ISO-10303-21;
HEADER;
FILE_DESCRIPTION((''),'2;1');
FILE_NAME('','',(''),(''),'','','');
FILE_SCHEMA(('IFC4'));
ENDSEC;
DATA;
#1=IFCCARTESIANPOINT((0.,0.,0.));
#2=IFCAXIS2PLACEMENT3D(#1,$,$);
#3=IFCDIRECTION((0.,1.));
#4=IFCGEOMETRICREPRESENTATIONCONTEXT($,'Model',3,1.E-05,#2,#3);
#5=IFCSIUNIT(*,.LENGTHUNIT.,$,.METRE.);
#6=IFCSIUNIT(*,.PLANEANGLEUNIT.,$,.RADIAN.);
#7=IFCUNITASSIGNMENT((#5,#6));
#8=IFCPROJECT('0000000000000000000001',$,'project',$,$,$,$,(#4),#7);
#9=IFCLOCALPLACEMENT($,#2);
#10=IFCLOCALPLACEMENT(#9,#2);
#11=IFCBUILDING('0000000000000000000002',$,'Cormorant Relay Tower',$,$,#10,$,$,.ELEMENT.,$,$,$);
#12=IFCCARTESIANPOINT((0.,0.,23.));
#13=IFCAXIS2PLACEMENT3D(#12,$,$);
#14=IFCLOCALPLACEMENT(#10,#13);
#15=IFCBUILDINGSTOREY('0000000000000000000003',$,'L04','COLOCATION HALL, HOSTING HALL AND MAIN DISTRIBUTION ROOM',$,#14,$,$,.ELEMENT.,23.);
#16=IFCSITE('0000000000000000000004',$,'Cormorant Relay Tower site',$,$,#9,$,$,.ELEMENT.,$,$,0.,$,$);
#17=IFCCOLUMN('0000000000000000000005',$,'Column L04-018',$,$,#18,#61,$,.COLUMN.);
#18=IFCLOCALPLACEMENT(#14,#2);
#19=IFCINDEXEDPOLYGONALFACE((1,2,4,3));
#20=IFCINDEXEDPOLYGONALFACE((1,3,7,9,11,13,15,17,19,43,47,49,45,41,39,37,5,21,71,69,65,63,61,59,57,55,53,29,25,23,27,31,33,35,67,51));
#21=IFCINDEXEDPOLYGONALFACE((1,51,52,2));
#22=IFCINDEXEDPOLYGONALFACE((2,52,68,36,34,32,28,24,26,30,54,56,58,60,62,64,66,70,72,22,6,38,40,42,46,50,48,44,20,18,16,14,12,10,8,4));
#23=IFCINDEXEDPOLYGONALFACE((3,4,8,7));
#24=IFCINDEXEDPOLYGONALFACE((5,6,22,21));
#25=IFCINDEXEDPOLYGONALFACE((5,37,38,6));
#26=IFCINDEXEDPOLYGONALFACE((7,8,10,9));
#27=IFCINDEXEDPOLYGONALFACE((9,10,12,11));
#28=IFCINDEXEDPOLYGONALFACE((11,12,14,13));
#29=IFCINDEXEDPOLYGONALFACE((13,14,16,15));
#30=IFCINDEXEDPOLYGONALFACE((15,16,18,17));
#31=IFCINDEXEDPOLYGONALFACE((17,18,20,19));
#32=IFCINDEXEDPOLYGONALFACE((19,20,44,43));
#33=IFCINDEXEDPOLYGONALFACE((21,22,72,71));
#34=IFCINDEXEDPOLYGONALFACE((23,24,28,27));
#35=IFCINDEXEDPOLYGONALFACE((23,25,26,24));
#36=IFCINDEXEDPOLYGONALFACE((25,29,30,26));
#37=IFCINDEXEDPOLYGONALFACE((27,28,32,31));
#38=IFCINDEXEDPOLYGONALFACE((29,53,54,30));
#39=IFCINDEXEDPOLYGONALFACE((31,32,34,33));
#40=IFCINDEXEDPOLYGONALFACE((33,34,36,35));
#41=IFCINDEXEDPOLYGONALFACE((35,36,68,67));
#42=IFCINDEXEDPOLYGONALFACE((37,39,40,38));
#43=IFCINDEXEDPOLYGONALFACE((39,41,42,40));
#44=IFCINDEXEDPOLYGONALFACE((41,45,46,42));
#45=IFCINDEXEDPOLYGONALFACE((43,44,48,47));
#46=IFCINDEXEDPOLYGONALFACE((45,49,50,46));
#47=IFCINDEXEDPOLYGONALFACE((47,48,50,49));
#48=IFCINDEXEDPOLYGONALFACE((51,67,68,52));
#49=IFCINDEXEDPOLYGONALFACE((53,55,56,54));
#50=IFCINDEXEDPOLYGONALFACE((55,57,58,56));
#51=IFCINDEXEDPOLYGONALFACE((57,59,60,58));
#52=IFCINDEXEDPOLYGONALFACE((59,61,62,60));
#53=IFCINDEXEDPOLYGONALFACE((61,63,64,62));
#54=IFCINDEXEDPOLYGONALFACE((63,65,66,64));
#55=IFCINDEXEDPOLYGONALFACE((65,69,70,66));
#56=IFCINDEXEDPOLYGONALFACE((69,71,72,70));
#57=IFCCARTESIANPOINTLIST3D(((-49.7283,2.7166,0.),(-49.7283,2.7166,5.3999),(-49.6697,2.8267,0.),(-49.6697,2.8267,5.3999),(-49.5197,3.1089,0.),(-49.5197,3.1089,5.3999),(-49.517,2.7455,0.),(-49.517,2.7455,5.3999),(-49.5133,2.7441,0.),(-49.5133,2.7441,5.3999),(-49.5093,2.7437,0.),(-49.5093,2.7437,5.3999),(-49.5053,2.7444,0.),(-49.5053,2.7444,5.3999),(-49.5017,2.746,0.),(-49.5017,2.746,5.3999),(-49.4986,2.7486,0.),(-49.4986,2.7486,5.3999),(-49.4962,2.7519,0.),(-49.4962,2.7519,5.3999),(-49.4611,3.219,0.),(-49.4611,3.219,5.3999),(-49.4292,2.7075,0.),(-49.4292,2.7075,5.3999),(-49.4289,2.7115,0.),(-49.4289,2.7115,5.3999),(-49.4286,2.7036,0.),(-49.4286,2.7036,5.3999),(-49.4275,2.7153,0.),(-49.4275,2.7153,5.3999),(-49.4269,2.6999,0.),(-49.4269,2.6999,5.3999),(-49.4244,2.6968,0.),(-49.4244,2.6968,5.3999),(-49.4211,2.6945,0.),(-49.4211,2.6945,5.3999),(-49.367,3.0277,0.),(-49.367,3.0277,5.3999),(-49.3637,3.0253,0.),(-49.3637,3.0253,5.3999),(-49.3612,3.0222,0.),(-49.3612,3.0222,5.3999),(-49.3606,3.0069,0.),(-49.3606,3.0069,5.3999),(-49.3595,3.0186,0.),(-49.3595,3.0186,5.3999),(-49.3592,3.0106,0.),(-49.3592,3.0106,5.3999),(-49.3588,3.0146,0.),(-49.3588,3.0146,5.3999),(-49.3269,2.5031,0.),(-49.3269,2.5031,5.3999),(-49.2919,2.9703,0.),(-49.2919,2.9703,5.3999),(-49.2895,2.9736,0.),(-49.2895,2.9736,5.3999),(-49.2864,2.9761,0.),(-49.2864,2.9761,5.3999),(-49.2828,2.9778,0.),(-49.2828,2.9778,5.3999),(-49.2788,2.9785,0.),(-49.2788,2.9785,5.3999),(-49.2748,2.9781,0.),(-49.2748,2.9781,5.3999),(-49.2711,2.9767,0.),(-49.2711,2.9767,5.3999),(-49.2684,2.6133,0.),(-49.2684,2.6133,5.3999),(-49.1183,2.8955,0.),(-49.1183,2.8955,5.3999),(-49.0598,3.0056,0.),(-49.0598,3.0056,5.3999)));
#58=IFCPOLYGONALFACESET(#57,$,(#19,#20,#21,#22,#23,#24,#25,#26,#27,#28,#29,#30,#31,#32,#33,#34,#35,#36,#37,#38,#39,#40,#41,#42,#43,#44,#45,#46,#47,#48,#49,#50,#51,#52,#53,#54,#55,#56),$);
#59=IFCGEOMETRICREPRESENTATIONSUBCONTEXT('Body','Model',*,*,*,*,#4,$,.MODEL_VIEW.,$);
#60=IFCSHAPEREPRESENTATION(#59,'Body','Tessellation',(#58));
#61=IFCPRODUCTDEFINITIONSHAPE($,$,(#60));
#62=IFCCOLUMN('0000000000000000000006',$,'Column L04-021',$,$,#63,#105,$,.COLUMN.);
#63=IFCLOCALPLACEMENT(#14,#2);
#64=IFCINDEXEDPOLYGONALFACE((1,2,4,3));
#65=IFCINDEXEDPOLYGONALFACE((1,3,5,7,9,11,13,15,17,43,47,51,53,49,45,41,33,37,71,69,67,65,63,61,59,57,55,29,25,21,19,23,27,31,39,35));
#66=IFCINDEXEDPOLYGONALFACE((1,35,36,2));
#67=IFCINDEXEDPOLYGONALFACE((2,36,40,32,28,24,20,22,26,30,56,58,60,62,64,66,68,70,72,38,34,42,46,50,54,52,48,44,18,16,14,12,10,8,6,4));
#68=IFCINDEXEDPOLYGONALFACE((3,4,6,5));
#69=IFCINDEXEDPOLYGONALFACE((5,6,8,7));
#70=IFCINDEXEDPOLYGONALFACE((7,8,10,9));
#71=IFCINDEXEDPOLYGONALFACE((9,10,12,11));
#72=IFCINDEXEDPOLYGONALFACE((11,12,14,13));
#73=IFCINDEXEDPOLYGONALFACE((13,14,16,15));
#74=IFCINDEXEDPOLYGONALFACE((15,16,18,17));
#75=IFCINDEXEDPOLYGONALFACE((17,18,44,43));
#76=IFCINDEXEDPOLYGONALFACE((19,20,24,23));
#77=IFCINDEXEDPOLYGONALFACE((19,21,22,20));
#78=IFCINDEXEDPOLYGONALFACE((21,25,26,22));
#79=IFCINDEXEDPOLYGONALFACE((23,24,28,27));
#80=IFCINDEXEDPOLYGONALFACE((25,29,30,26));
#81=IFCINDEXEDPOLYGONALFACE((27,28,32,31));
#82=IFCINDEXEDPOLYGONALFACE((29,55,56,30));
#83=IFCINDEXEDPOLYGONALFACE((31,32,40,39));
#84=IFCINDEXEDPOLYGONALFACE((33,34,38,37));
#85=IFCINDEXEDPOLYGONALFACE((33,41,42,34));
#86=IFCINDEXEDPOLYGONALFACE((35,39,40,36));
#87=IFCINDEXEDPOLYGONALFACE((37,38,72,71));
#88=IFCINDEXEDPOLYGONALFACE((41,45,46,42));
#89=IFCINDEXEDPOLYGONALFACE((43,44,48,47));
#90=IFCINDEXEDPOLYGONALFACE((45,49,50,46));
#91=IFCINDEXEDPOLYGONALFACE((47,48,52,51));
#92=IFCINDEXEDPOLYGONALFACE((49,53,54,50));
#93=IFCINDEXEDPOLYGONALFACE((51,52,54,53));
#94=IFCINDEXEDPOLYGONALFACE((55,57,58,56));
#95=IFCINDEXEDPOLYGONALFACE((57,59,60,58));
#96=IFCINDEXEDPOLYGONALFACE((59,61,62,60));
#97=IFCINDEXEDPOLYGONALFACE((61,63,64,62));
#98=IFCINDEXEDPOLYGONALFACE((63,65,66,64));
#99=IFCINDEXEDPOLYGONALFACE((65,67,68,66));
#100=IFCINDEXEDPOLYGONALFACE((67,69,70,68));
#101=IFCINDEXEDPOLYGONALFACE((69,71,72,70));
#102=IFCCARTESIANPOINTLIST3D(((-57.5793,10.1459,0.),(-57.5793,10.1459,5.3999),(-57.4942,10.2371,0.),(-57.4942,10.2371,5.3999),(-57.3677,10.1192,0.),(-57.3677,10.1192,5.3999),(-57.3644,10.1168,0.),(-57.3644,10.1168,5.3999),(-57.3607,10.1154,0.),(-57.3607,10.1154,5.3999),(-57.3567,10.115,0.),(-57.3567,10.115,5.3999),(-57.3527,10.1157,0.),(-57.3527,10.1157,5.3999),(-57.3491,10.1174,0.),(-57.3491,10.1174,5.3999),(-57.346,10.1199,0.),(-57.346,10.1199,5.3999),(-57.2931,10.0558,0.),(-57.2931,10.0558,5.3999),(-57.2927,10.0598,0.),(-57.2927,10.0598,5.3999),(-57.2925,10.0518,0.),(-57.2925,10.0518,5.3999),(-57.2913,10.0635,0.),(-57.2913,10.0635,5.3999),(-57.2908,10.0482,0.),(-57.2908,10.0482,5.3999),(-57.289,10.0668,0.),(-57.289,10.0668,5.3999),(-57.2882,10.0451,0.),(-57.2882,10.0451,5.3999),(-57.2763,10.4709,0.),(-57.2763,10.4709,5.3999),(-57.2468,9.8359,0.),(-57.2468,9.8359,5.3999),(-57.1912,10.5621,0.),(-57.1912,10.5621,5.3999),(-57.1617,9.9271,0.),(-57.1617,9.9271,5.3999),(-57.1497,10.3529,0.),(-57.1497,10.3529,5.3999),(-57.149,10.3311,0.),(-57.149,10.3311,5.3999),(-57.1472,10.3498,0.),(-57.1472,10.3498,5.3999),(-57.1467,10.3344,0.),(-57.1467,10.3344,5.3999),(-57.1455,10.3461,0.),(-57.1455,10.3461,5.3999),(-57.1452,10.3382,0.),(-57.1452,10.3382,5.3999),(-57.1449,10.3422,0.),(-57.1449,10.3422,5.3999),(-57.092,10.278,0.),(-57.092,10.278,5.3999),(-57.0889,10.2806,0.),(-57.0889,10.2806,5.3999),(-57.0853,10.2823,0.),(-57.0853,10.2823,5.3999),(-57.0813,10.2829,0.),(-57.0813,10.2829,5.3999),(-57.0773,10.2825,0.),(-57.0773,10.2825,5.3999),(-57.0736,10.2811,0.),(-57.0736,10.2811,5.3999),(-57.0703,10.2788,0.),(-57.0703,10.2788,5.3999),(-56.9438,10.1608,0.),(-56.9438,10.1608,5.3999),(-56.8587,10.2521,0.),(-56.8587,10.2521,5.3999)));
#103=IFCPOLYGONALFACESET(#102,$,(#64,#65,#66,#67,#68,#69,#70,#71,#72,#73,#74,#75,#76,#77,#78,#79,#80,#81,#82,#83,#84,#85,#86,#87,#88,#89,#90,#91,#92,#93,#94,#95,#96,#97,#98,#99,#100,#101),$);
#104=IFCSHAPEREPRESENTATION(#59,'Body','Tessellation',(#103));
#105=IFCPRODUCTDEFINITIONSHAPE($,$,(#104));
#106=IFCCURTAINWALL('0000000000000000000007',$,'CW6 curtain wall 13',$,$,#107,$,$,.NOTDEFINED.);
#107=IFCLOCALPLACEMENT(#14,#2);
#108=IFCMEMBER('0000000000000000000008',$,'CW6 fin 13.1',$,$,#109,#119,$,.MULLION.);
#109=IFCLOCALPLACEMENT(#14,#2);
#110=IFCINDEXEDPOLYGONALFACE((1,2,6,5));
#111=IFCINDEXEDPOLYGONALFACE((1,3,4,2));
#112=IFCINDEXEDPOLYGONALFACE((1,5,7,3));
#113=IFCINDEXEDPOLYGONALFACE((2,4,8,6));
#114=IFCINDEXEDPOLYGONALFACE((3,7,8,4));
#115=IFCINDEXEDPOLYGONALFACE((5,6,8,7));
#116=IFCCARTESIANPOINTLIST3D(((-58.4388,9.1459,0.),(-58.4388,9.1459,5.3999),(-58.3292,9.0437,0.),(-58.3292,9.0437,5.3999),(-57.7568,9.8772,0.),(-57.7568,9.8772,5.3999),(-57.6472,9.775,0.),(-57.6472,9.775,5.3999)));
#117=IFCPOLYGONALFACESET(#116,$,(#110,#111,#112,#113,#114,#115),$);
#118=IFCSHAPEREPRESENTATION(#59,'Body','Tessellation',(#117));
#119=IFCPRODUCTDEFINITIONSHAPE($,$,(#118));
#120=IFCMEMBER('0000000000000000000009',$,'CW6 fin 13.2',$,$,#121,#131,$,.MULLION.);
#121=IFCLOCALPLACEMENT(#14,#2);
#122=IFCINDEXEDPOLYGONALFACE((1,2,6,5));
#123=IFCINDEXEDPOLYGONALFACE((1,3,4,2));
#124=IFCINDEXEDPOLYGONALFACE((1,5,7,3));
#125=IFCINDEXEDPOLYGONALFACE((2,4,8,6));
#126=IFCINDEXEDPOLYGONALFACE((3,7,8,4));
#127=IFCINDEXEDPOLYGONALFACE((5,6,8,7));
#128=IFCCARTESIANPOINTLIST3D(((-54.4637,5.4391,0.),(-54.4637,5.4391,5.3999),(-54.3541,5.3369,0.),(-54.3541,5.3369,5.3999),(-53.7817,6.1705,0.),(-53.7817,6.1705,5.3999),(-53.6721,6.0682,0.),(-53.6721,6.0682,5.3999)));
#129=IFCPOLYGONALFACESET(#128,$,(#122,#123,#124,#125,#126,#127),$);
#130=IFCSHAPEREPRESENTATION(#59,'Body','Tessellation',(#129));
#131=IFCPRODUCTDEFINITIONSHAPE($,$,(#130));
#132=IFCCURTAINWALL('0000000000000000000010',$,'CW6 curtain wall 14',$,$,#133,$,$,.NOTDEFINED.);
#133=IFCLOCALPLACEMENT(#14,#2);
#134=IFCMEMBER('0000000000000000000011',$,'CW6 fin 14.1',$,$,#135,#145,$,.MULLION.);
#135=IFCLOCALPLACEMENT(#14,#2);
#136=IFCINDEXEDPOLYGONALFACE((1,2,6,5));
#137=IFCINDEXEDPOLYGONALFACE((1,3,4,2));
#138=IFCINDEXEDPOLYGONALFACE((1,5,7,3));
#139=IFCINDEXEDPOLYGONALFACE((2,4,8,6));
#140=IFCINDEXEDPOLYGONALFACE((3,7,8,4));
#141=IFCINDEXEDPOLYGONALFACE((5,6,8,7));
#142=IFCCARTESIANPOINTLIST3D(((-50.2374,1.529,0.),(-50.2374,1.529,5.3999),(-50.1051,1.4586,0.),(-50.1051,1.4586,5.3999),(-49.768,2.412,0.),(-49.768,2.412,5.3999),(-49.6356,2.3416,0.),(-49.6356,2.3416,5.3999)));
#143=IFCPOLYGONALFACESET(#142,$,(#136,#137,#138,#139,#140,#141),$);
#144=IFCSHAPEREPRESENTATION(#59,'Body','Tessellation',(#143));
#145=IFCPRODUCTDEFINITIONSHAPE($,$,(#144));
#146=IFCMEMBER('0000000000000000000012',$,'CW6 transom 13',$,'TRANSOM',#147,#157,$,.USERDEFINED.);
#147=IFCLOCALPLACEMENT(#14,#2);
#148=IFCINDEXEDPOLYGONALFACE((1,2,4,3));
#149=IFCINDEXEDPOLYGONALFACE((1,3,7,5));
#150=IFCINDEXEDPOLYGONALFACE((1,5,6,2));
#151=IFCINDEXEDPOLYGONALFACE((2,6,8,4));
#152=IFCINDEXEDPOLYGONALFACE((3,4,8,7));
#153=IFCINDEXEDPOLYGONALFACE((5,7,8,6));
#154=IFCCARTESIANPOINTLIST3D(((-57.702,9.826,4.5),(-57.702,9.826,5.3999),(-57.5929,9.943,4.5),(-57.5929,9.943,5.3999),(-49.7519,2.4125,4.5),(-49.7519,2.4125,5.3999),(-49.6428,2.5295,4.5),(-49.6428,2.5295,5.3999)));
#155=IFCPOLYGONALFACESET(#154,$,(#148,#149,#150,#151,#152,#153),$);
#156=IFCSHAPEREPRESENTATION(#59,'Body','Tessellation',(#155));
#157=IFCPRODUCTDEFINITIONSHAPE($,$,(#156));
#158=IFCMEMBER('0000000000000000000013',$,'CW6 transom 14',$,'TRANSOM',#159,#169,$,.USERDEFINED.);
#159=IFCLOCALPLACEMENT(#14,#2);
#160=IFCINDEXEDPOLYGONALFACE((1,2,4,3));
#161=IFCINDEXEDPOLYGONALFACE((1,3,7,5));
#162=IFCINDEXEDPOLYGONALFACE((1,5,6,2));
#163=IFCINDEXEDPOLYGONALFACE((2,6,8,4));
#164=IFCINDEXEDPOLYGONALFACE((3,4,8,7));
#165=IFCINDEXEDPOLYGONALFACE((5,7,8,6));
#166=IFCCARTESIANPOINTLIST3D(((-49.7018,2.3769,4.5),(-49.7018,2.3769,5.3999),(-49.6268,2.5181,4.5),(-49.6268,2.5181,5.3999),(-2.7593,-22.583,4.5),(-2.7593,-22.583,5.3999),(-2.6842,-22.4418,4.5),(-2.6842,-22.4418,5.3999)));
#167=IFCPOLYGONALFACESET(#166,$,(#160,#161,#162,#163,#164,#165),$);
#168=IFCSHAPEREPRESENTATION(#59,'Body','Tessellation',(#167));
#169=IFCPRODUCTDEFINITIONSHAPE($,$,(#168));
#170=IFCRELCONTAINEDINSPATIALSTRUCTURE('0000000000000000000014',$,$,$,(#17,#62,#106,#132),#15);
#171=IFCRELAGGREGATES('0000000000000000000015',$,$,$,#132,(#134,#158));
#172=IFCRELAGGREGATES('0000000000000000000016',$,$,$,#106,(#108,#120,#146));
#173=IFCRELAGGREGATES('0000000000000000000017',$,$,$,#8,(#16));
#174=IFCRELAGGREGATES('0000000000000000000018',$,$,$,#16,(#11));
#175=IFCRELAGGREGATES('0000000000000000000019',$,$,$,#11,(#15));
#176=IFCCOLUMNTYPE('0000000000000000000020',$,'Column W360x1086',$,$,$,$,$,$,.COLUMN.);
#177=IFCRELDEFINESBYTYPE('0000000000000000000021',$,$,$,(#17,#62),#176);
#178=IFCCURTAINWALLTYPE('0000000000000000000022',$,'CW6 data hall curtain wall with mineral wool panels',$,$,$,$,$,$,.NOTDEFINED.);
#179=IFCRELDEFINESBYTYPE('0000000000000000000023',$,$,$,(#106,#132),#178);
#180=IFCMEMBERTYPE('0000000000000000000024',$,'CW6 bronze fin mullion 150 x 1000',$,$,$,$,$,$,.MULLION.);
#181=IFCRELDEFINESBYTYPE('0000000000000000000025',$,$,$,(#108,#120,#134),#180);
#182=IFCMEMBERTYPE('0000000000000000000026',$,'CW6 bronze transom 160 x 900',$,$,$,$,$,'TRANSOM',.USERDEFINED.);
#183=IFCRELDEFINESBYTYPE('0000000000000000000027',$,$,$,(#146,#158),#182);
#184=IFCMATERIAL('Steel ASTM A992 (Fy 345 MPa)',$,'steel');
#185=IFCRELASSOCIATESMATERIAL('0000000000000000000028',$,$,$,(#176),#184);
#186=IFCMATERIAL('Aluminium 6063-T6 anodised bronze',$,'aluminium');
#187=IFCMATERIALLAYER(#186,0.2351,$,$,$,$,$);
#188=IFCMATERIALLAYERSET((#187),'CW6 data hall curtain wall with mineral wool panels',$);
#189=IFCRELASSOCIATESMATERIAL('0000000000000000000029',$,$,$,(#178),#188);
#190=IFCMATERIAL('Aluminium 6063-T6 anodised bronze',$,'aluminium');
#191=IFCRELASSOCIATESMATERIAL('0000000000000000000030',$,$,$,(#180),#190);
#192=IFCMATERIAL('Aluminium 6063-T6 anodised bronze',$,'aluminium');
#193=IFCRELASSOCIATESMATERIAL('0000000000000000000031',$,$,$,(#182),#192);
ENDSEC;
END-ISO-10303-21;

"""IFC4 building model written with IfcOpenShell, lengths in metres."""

from ifc_helpers import new_model, si_unit, direction, frame, origin, origin_2d, place, context, subcontext, project, spatial, rectangle, i_section, extrude, material, layer, layer_set, material_profile, profile_set, type_object, element, aggregate, save


model = new_model("IFC4")

# Units and contexts
model_context = context("Model", 3, precision=1e-05, world=origin(), true_north=direction((0.0, 1.0)))
body_context = subcontext(model_context, "Body", "Model", "MODEL_VIEW")
ifc_project = project(units=[si_unit("LENGTHUNIT", "METRE"), si_unit("PLANEANGLEUNIT", "RADIAN")], contexts=[model_context])

# Site, building, storey
site_placement = place(None, origin())
site = spatial("IfcSite", under=ifc_project, at=site_placement, Name="Cormorant Relay Tower site", CompositionType="ELEMENT", RefElevation=0.0)
building_placement = place(site_placement, origin())
building = spatial("IfcBuilding", under=site, at=building_placement, Name="Cormorant Relay Tower", CompositionType="ELEMENT")
storey_placement = place(building_placement, frame((0.0, 0.0, 23.0)))
storey = spatial("IfcBuildingStorey", under=building, at=storey_placement, Name="L04", Description="COLOCATION HALL, HOSTING HALL AND MAIN DISTRIBUTION ROOM", CompositionType="ELEMENT", Elevation=23.0)

# Columns
ifc_material_1 = material(Name="Steel ASTM A992 (Fy 345 MPa)", Category="steel")
ifc_material_profile_1 = material_profile(ifc_material_1, i_section(OverallWidth=0.4546, OverallDepth=0.5691, WebThickness=0.0779, FlangeThickness=0.1248, FilletRadius=0.0154, at=origin_2d()), Name="W360x1086")
ifc_profile_set_1 = profile_set([ifc_material_profile_1], Name="Steel ASTM A992 (Fy 345 MPa)")
column_type = type_object("IfcColumnType", Name="Column W360x1086", PredefinedType="COLUMN", material=ifc_profile_set_1)
for number, where, z_axis, x_axis, name in (
    (1, (-49.394, 2.8611, 0.0), (0.0, 0.0, 1.0), (0.882948, -0.469472, 0.0), "Column L04-018"),
    (2, (-57.219, 10.199, 0.0), (0.0, 0.0, 1.0), (0.731354, -0.681998, 0.0), "Column L04-021"),
):
    element("IfcColumn", number, at=place(storey_placement, frame(where, z_axis=z_axis, x_axis=x_axis)), inside=storey, type_object=column_type, Name=name, PredefinedType="COLUMN", context=body_context, shape_type="SweptSolid", body=[
        extrude(i_section(OverallWidth=0.4546, OverallDepth=0.5691, WebThickness=0.0779, FlangeThickness=0.1248, FilletRadius=0.0154, at=origin_2d()), origin(), (0.0, 0.0, 1.0), 5.3999),
    ])

# Curtain wall, members
ifc_material_2 = material(Name="Aluminium 6063-T6 anodised bronze", Category="aluminium")
ifc_layer_1 = layer(ifc_material_2, 0.2351)
ifc_layer_set_1 = layer_set([ifc_layer_1], Name="CW6 data hall curtain wall with mineral wool panels")
curtain_wall_type = type_object("IfcCurtainWallType", Name="CW6 data hall curtain wall with mineral wool panels", PredefinedType="NOTDEFINED", material=ifc_layer_set_1)
curtain_wall_1_placement = place(storey_placement, origin())
curtain_wall_1 = element("IfcCurtainWall", 3, at=curtain_wall_1_placement, inside=storey, type_object=curtain_wall_type, Name="CW6 curtain wall 13", PredefinedType="NOTDEFINED")
ifc_material_3 = material(Name="Aluminium 6063-T6 anodised bronze", Category="aluminium")
ifc_material_profile_2 = material_profile(ifc_material_3, rectangle(XDim=0.1499, YDim=1.0, at=origin_2d()), Name="AL 150x1000")
ifc_profile_set_2 = profile_set([ifc_material_profile_2], Name="Aluminium 6063-T6 anodised bronze")
member_type_1 = type_object("IfcMemberType", Name="CW6 bronze fin mullion 150 x 1000", PredefinedType="MULLION", material=ifc_profile_set_2)
member_1_placement = place(storey_placement, frame((-58.043, 9.4604, 0.0), z_axis=(0.0, 0.0, 1.0), x_axis=(0.731354, -0.681998, 0.0)))
member_1 = element("IfcMember", 4, at=member_1_placement, type_object=member_type_1, Name="CW6 fin 13.1", PredefinedType="MULLION", context=body_context, shape_type="SweptSolid", body=[
    extrude(rectangle(XDim=0.1499, YDim=1.0, at=origin_2d()), origin(), (0.0, 0.0, 1.0), 5.3999),
])
member_2_placement = place(storey_placement, frame((-54.0679, 5.7537, 0.0), z_axis=(0.0, 0.0, 1.0), x_axis=(0.731354, -0.681998, 0.0)))
member_2 = element("IfcMember", 5, at=member_2_placement, type_object=member_type_1, Name="CW6 fin 13.2", PredefinedType="MULLION", context=body_context, shape_type="SweptSolid", body=[
    extrude(rectangle(XDim=0.1499, YDim=1.0, at=origin_2d()), origin(), (0.0, 0.0, 1.0), 5.3999),
])

# Curtain wall, member
curtain_wall_2_placement = place(storey_placement, origin())
curtain_wall_2 = element("IfcCurtainWall", 6, at=curtain_wall_2_placement, inside=storey, type_object=curtain_wall_type, Name="CW6 curtain wall 14", PredefinedType="NOTDEFINED")
member_3_placement = place(storey_placement, frame((-49.9365, 1.9353, 0.0), z_axis=(0.0, 0.0, 1.0), x_axis=(0.882948, -0.469472, 0.0)))
member_3 = element("IfcMember", 7, at=member_3_placement, type_object=member_type_1, Name="CW6 fin 14.1", PredefinedType="MULLION", context=body_context, shape_type="SweptSolid", body=[
    extrude(rectangle(XDim=0.1499, YDim=1.0, at=origin_2d()), origin(), (0.0, 0.0, 1.0), 5.3999),
])

# Members
ifc_material_4 = material(Name="Aluminium 6063-T6 anodised bronze", Category="aluminium")
ifc_material_profile_3 = material_profile(ifc_material_4, rectangle(XDim=0.1599, YDim=0.8999, at=origin_2d()), Name="AL 160x900")
ifc_profile_set_3 = profile_set([ifc_material_profile_3], Name="Aluminium 6063-T6 anodised bronze")
member_type_2 = type_object("IfcMemberType", Name="CW6 bronze transom 160 x 900", ElementType="TRANSOM", PredefinedType="USERDEFINED", material=ifc_profile_set_3)
member_4_placement = place(storey_placement, frame((-57.6475, 9.8845, 4.95), z_axis=(0.731358, -0.681993, 0.0), x_axis=(0.681993, 0.731358, 0.0)))
member_4 = element("IfcMember", 8, at=member_4_placement, type_object=member_type_2, Name="CW6 transom 13", ObjectType="TRANSOM", PredefinedType="USERDEFINED", context=body_context, shape_type="SweptSolid", body=[
    extrude(rectangle(XDim=0.1599, YDim=0.8999, at=origin_2d()), origin(), (0.0, 0.0, 1.0), 10.8704),
])
member_5_placement = place(storey_placement, frame((-49.6643, 2.4475, 4.95), z_axis=(0.882947, -0.469473, 0.0), x_axis=(0.469473, 0.882947, 0.0)))
member_5 = element("IfcMember", 9, at=member_5_placement, type_object=member_type_2, Name="CW6 transom 14", ObjectType="TRANSOM", PredefinedType="USERDEFINED", context=body_context, shape_type="SweptSolid", body=[
    extrude(rectangle(XDim=0.1599, YDim=0.8999, at=origin_2d()), origin(), (0.0, 0.0, 1.0), 53.1658),
])
aggregate(curtain_wall_2, [member_3, member_5])

aggregate(curtain_wall_1, [member_1, member_2, member_4])

save(model, "model.ifc")
